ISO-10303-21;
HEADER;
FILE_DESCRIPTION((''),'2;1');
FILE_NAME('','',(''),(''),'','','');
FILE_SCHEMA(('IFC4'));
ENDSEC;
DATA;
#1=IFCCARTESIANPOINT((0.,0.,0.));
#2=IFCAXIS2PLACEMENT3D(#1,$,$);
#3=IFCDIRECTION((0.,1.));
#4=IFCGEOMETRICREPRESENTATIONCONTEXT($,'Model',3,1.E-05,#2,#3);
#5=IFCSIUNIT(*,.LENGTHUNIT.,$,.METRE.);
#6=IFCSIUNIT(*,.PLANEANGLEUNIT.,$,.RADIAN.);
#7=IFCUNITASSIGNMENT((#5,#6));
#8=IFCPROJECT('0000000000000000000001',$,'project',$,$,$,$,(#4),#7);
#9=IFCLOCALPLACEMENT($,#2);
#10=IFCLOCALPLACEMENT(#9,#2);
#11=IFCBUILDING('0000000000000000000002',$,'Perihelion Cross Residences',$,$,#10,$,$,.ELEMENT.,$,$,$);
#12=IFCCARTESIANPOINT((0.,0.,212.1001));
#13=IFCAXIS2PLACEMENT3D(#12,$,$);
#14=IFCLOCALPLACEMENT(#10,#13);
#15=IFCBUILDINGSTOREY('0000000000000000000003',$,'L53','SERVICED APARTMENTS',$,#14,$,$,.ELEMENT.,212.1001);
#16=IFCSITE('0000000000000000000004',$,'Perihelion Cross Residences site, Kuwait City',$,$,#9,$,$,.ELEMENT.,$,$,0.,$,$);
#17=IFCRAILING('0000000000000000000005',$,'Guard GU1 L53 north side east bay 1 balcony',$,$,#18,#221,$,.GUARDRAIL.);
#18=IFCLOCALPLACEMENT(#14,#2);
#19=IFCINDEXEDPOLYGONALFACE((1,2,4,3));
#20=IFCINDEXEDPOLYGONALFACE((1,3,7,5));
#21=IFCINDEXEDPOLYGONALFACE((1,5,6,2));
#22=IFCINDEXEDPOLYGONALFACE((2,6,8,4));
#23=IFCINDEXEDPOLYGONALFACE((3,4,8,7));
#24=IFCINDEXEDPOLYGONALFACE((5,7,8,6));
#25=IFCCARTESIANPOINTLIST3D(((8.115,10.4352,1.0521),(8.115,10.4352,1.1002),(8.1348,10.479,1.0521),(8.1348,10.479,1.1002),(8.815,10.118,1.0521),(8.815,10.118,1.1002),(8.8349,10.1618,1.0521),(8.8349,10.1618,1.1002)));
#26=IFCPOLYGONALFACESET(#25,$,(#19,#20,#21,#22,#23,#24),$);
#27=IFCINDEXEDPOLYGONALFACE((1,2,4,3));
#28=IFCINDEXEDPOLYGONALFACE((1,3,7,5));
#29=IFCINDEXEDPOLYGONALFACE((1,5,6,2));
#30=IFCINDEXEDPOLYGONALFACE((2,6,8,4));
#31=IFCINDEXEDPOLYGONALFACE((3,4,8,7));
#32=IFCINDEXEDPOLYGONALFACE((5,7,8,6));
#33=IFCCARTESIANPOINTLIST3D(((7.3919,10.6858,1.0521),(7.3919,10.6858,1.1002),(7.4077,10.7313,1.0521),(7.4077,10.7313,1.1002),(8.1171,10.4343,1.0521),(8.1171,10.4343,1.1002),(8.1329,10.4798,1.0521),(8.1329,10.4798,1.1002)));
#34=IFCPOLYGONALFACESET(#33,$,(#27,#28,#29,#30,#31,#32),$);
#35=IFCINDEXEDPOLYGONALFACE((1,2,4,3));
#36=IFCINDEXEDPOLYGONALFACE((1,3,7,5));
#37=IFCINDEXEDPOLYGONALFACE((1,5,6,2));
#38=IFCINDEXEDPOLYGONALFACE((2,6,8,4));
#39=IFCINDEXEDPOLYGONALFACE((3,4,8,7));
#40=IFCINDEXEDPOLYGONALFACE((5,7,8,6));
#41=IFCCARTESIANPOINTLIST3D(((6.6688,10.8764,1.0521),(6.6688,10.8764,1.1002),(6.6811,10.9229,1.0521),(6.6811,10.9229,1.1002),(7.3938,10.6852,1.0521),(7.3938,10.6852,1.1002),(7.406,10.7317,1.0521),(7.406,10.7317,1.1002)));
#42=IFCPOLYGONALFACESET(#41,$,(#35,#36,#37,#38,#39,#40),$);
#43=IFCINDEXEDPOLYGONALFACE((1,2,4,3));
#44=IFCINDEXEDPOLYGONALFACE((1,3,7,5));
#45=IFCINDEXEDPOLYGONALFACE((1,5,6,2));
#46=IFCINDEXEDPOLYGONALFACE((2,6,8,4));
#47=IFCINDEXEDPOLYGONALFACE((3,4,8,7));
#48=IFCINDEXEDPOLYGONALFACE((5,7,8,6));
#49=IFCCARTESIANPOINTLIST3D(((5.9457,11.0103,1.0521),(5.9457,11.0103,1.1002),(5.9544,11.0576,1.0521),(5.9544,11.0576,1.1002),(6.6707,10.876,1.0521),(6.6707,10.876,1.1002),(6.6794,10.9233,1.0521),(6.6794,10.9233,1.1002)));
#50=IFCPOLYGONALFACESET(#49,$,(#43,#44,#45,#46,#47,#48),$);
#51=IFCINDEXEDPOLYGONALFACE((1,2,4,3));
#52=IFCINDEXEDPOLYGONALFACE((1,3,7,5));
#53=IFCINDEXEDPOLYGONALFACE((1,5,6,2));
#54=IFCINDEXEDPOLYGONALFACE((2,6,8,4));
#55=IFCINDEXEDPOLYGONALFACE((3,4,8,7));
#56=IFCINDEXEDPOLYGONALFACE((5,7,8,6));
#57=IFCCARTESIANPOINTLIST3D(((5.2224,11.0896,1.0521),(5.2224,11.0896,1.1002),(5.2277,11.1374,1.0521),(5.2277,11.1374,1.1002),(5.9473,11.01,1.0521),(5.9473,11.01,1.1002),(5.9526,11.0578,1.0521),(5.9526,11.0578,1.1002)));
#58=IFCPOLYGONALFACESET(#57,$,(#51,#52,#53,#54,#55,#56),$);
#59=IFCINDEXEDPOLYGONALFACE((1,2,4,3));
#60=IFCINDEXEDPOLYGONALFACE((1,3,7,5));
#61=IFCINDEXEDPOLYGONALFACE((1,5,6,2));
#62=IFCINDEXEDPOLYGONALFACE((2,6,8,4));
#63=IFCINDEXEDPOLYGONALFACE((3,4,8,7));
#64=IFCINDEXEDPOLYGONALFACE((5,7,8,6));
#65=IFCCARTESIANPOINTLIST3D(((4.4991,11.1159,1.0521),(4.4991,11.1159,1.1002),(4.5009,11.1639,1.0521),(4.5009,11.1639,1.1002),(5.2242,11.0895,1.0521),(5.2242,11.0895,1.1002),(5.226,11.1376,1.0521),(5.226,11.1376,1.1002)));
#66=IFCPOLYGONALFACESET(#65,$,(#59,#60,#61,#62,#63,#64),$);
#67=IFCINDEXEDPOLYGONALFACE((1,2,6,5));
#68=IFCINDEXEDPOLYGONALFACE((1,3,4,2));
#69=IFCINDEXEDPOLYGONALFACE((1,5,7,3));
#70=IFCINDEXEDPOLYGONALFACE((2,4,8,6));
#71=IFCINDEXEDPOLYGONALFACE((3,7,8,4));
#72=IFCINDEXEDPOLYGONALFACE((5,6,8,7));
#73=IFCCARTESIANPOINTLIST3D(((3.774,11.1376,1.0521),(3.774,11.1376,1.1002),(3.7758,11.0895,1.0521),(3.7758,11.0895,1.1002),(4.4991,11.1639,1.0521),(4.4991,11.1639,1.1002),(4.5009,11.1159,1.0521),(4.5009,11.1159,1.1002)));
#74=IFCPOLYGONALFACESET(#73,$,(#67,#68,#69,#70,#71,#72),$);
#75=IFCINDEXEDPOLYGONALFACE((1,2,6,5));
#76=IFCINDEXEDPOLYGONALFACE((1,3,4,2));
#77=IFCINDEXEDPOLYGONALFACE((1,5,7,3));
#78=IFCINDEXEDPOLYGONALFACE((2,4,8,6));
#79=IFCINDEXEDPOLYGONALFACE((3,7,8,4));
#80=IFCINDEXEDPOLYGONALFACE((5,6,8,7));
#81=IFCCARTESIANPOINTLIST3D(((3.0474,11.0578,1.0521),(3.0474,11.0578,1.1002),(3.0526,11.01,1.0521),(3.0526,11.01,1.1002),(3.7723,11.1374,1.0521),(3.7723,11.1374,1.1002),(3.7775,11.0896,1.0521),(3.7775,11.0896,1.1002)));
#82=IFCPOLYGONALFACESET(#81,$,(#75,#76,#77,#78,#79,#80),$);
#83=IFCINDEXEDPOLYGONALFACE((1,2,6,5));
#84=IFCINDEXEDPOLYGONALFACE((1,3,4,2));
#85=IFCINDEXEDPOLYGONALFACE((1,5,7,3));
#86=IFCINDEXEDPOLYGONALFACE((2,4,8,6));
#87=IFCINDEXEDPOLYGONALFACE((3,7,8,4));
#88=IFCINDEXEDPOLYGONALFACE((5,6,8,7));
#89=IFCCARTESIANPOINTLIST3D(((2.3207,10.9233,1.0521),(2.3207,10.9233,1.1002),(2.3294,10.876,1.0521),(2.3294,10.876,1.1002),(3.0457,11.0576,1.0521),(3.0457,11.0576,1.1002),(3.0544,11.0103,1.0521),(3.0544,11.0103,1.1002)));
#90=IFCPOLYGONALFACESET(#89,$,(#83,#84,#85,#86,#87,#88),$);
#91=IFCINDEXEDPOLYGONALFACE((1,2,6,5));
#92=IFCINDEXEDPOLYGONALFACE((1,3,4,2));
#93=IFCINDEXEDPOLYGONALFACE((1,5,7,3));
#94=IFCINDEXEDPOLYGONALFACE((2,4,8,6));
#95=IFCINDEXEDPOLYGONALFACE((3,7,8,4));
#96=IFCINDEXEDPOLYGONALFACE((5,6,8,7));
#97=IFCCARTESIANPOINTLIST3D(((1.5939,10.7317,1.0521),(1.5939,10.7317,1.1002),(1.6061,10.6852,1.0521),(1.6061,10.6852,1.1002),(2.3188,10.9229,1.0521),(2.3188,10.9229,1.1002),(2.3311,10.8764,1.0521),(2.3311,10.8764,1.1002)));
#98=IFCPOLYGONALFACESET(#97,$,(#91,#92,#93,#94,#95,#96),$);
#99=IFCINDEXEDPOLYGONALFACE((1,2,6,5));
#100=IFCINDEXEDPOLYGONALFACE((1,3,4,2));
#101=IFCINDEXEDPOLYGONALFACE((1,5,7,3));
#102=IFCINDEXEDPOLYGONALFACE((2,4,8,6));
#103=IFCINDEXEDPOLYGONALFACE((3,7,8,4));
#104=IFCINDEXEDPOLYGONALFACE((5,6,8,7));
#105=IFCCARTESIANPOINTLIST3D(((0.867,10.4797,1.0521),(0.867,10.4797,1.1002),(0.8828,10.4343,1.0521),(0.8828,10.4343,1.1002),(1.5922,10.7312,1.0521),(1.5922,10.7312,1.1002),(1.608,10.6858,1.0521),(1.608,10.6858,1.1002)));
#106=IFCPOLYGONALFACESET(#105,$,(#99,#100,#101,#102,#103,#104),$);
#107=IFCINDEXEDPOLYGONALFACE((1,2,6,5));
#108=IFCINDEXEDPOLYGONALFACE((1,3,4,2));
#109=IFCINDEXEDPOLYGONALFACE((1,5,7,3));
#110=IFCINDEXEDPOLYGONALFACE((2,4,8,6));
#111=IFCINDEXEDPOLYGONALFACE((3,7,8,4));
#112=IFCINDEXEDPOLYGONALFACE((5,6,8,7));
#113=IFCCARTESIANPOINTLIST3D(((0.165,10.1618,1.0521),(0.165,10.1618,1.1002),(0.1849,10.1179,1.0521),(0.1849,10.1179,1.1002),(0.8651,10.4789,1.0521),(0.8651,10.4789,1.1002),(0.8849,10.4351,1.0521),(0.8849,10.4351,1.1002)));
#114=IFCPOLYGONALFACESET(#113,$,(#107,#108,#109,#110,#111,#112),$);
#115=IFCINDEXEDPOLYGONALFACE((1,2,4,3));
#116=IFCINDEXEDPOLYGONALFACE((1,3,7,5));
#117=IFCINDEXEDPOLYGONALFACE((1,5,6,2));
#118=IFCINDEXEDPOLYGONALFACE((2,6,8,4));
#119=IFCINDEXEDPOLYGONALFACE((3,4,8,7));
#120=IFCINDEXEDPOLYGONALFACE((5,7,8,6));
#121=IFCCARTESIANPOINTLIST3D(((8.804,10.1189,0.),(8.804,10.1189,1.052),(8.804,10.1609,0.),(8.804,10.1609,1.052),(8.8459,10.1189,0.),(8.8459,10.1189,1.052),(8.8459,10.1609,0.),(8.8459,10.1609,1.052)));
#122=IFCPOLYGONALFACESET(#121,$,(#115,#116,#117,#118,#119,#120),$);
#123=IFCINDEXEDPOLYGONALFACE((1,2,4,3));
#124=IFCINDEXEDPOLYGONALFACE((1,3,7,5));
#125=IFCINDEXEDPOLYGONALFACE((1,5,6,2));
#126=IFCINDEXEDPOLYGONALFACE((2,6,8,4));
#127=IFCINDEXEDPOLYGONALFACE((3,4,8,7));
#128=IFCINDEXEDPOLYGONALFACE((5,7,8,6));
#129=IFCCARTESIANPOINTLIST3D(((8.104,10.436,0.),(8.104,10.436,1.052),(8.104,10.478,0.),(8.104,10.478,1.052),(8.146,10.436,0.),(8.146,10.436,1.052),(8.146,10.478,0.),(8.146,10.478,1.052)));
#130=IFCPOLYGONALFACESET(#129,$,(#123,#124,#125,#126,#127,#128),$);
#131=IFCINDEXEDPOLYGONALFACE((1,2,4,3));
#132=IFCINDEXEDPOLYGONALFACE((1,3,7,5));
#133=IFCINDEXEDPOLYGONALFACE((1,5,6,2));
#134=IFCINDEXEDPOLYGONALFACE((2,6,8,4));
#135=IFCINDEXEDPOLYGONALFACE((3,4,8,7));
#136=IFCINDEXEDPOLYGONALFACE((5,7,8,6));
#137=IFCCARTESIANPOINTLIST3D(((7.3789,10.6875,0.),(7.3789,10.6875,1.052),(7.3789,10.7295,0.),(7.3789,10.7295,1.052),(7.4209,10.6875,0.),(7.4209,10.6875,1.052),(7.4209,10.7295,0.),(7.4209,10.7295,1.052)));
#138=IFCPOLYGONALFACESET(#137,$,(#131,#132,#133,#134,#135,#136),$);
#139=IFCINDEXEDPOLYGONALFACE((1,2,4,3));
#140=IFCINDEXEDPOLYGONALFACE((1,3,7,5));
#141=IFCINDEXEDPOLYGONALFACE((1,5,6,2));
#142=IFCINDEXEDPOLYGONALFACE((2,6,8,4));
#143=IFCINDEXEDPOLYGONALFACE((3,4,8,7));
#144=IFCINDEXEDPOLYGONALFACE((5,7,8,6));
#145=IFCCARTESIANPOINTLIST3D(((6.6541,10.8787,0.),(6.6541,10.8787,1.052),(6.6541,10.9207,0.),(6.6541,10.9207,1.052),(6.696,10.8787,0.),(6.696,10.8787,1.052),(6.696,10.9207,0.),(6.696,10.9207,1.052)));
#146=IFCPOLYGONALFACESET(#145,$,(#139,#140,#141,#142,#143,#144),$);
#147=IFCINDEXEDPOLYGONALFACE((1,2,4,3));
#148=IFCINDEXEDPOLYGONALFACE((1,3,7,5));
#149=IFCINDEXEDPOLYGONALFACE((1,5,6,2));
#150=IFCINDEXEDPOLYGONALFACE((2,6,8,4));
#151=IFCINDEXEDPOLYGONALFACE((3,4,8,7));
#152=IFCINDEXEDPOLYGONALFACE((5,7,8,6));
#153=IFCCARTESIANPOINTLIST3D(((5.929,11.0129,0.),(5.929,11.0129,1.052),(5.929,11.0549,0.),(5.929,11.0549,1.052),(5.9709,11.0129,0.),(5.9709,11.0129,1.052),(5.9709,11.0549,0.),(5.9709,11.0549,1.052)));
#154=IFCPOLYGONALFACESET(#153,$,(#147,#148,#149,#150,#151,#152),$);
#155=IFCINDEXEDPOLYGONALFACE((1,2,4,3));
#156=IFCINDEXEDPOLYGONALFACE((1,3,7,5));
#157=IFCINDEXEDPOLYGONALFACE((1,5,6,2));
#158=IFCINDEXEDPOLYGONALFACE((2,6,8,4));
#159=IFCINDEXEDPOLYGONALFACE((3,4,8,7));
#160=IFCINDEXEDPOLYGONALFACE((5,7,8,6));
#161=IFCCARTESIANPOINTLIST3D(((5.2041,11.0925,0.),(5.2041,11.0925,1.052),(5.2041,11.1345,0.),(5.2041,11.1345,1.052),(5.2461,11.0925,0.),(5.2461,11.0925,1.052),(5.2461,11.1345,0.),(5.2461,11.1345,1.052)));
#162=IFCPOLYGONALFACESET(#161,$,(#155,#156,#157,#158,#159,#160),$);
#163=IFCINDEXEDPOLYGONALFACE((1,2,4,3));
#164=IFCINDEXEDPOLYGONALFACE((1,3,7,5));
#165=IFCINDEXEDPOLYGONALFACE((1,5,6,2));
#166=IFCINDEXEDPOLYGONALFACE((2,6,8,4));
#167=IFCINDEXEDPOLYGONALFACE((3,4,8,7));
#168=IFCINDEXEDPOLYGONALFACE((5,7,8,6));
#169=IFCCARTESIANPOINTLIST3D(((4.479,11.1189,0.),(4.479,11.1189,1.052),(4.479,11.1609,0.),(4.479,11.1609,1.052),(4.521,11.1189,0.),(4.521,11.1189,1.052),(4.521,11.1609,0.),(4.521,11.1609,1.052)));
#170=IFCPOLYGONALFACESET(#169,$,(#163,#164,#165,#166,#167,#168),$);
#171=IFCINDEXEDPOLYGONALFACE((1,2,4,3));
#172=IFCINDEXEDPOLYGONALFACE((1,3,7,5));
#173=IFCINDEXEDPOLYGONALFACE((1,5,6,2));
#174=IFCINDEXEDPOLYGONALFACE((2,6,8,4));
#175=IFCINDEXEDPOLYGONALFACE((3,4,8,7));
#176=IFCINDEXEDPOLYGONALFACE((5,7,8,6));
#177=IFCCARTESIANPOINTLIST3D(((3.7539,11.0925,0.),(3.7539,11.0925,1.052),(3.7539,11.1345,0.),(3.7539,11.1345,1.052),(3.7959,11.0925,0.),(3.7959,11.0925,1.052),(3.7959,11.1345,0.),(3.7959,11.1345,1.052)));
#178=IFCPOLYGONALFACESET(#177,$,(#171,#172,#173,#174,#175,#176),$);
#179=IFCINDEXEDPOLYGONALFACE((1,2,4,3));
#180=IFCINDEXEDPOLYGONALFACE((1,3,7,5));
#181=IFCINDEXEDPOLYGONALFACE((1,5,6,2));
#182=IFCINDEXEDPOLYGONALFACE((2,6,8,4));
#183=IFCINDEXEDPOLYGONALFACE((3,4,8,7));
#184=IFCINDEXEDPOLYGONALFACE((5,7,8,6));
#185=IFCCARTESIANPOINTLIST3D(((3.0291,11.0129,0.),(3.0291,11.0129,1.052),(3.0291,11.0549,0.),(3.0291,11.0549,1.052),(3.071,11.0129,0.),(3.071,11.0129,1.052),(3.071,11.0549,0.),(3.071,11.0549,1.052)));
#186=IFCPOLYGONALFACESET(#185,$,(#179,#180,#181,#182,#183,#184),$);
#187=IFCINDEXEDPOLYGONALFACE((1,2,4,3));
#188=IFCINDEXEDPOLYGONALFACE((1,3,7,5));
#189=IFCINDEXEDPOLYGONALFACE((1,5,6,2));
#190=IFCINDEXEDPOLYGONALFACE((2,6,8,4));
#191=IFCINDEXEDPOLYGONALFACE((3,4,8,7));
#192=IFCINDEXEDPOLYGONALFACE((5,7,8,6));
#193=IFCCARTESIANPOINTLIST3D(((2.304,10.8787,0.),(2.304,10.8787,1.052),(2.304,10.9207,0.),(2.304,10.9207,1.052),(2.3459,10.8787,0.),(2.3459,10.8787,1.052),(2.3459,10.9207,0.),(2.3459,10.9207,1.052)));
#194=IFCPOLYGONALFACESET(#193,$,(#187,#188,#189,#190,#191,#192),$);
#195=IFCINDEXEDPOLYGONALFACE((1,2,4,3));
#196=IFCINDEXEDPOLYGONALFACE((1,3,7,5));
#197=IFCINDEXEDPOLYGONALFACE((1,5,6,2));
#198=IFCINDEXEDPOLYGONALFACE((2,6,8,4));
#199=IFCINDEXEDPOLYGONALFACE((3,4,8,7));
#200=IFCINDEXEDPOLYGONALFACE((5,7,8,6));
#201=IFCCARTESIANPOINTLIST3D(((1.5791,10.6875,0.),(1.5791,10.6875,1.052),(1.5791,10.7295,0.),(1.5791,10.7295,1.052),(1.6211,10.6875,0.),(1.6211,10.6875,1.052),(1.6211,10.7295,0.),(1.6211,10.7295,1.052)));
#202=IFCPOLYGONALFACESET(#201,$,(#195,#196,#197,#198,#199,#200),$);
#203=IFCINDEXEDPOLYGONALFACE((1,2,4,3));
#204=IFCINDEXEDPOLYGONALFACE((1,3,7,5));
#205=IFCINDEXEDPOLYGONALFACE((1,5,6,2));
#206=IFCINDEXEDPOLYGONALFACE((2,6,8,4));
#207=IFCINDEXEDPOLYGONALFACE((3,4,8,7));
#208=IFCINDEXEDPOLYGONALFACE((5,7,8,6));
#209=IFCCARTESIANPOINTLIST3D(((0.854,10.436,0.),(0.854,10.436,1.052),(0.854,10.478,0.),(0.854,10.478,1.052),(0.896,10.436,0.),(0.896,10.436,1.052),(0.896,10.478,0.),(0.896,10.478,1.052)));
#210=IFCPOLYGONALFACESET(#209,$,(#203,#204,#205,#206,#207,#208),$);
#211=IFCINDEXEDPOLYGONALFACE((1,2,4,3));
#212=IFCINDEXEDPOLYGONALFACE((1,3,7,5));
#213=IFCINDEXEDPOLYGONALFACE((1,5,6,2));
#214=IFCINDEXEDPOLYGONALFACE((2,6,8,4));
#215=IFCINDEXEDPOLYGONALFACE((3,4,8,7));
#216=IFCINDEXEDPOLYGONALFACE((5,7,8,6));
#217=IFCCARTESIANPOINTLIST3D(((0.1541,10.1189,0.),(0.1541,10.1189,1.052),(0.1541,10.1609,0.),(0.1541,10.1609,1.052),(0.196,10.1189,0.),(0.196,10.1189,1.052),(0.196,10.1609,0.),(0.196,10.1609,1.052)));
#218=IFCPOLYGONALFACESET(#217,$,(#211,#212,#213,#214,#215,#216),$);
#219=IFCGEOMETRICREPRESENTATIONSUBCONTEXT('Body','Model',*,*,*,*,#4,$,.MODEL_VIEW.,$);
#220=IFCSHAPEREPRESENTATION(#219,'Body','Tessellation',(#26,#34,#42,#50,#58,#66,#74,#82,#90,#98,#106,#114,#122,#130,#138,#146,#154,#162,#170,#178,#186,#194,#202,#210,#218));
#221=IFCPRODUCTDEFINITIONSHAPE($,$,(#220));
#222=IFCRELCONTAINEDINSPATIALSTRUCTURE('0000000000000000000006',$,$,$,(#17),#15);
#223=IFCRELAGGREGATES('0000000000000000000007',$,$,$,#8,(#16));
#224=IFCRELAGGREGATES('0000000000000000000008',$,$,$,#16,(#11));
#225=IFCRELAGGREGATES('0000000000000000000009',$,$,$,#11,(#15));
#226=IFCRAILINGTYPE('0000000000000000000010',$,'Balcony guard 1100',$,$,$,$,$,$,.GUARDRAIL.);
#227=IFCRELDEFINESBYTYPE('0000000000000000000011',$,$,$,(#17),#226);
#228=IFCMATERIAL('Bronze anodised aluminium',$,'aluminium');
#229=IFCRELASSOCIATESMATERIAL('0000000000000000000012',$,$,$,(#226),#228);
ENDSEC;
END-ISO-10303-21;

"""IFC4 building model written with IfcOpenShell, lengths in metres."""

from ifc_helpers import new_model, si_unit, direction, frame, origin, origin_2d, place, context, subcontext, project, spatial, rectangle, extrude, material, type_object, element, save


model = new_model("IFC4")

# Units and contexts
model_context = context("Model", 3, precision=1e-05, world=origin(), true_north=direction((0.0, 1.0)))
body_context = subcontext(model_context, "Body", "Model", "MODEL_VIEW")
ifc_project = project(units=[si_unit("LENGTHUNIT", "METRE"), si_unit("PLANEANGLEUNIT", "RADIAN")], contexts=[model_context])

# Site, building, storey
site_placement = place(None, origin())
site = spatial("IfcSite", under=ifc_project, at=site_placement, Name="Perihelion Cross Residences site, Kuwait City", CompositionType="ELEMENT", RefElevation=0.0)
building_placement = place(site_placement, origin())
building = spatial("IfcBuilding", under=site, at=building_placement, Name="Perihelion Cross Residences", CompositionType="ELEMENT")
storey_placement = place(building_placement, frame((0.0, 0.0, 212.1001)))
storey = spatial("IfcBuildingStorey", under=building, at=storey_placement, Name="L53", Description="SERVICED APARTMENTS", CompositionType="ELEMENT", Elevation=212.1001)

# Railing
ifc_material_1 = material(Name="Bronze anodised aluminium", Category="aluminium")
railing_type = type_object("IfcRailingType", Name="Balcony guard 1100", PredefinedType="GUARDRAIL", material=ifc_material_1)
railing_placement = place(storey_placement, frame((8.825, 10.1399, 0.0)))
element("IfcRailing", 1, at=railing_placement, inside=storey, type_object=railing_type, Name="Guard GU1 L53 north side east bay 1 balcony", PredefinedType="GUARDRAIL", context=body_context, shape_type="SweptSolid", body=[
    extrude(rectangle(XDim=0.0481, YDim=0.0481, at=origin_2d()), frame((0.0, 0.0, 1.0762), z_axis=(-0.910866, 0.412702, 0.0), x_axis=(-0.412702, -0.910866, 0.0)), (0.0, 0.0, 1.0), 0.7686),
    extrude(rectangle(XDim=0.0481, YDim=0.0481, at=origin_2d()), frame((-0.7, 0.3171, 1.0762), z_axis=(-0.944797, 0.327657, 0.0), x_axis=(-0.327657, -0.944797, 0.0)), (0.0, 0.0, 1.0), 0.7676),
    extrude(rectangle(XDim=0.0481, YDim=0.0481, at=origin_2d()), frame((-1.425, 0.5686, 1.0762), z_axis=(-0.966939, 0.255006, 0.0), x_axis=(-0.255006, -0.966939, 0.0)), (0.0, 0.0, 1.0), 0.7498),
    extrude(rectangle(XDim=0.0481, YDim=0.0481, at=origin_2d()), frame((-2.1499, 0.7598, 1.0762), z_axis=(-0.983282, 0.182089, 0.0), x_axis=(-0.182089, -0.983282, 0.0)), (0.0, 0.0, 1.0), 0.7373),
    extrude(rectangle(XDim=0.0481, YDim=0.0481, at=origin_2d()), frame((-2.875, 0.894, 1.0762), z_axis=(-0.994026, 0.109145, 0.0), x_axis=(-0.109145, -0.994026, 0.0)), (0.0, 0.0, 1.0), 0.7292),
    extrude(rectangle(XDim=0.0481, YDim=0.0481, at=origin_2d()), frame((-3.5999, 0.9736, 1.0762), z_axis=(-0.999339, 0.03634, 0.0), x_axis=(-0.03634, -0.999339, 0.0)), (0.0, 0.0, 1.0), 0.7256),
    extrude(rectangle(XDim=0.0481, YDim=0.0481, at=origin_2d()), frame((-4.325, 1.0, 1.0762), z_axis=(-0.999339, -0.03634, 0.0), x_axis=(0.03634, -0.999339, 0.0)), (0.0, 0.0, 1.0), 0.7256),
    extrude(rectangle(XDim=0.0481, YDim=0.0481, at=origin_2d()), frame((-5.05, 0.9736, 1.0762), z_axis=(-0.994026, -0.109145, 0.0), x_axis=(0.109145, -0.994026, 0.0)), (0.0, 0.0, 1.0), 0.7292),
    extrude(rectangle(XDim=0.0481, YDim=0.0481, at=origin_2d()), frame((-5.7749, 0.894, 1.0762), z_axis=(-0.983282, -0.182089, 0.0), x_axis=(0.182089, -0.983282, 0.0)), (0.0, 0.0, 1.0), 0.7373),
    extrude(rectangle(XDim=0.0481, YDim=0.0481, at=origin_2d()), frame((-6.5, 0.7598, 1.0762), z_axis=(-0.966939, -0.255006, 0.0), x_axis=(0.255006, -0.966939, 0.0)), (0.0, 0.0, 1.0), 0.7498),
    extrude(rectangle(XDim=0.0481, YDim=0.0481, at=origin_2d()), frame((-7.2249, 0.5686, 1.0762), z_axis=(-0.944797, -0.327657, 0.0), x_axis=(0.327657, -0.944797, 0.0)), (0.0, 0.0, 1.0), 0.7676),
    extrude(rectangle(XDim=0.0481, YDim=0.0481, at=origin_2d()), frame((-7.95, 0.3171, 1.0762), z_axis=(-0.910866, -0.412702, 0.0), x_axis=(0.412702, -0.910866, 0.0)), (0.0, 0.0, 1.0), 0.7686),
    extrude(rectangle(XDim=0.042, YDim=0.042, at=origin_2d()), origin(), (0.0, 0.0, 1.0), 1.052),
    extrude(rectangle(XDim=0.042, YDim=0.042, at=origin_2d()), frame((-0.7, 0.3171, 0.0)), (0.0, 0.0, 1.0), 1.052),
    extrude(rectangle(XDim=0.042, YDim=0.042, at=origin_2d()), frame((-1.425, 0.5686, 0.0)), (0.0, 0.0, 1.0), 1.052),
    extrude(rectangle(XDim=0.042, YDim=0.042, at=origin_2d()), frame((-2.1499, 0.7598, 0.0)), (0.0, 0.0, 1.0), 1.052),
    extrude(rectangle(XDim=0.042, YDim=0.042, at=origin_2d()), frame((-2.875, 0.894, 0.0)), (0.0, 0.0, 1.0), 1.052),
    extrude(rectangle(XDim=0.042, YDim=0.042, at=origin_2d()), frame((-3.5999, 0.9736, 0.0)), (0.0, 0.0, 1.0), 1.052),
    extrude(rectangle(XDim=0.042, YDim=0.042, at=origin_2d()), frame((-4.325, 1.0, 0.0)), (0.0, 0.0, 1.0), 1.052),
    extrude(rectangle(XDim=0.042, YDim=0.042, at=origin_2d()), frame((-5.05, 0.9736, 0.0)), (0.0, 0.0, 1.0), 1.052),
    extrude(rectangle(XDim=0.042, YDim=0.042, at=origin_2d()), frame((-5.7749, 0.894, 0.0)), (0.0, 0.0, 1.0), 1.052),
    extrude(rectangle(XDim=0.042, YDim=0.042, at=origin_2d()), frame((-6.5, 0.7598, 0.0)), (0.0, 0.0, 1.0), 1.052),
    extrude(rectangle(XDim=0.042, YDim=0.042, at=origin_2d()), frame((-7.2249, 0.5686, 0.0)), (0.0, 0.0, 1.0), 1.052),
    extrude(rectangle(XDim=0.042, YDim=0.042, at=origin_2d()), frame((-7.95, 0.3171, 0.0)), (0.0, 0.0, 1.0), 1.052),
    extrude(rectangle(XDim=0.042, YDim=0.042, at=origin_2d()), frame((-8.6499, 0.0, 0.0)), (0.0, 0.0, 1.0), 1.052),
])

save(model, "model.ifc")
